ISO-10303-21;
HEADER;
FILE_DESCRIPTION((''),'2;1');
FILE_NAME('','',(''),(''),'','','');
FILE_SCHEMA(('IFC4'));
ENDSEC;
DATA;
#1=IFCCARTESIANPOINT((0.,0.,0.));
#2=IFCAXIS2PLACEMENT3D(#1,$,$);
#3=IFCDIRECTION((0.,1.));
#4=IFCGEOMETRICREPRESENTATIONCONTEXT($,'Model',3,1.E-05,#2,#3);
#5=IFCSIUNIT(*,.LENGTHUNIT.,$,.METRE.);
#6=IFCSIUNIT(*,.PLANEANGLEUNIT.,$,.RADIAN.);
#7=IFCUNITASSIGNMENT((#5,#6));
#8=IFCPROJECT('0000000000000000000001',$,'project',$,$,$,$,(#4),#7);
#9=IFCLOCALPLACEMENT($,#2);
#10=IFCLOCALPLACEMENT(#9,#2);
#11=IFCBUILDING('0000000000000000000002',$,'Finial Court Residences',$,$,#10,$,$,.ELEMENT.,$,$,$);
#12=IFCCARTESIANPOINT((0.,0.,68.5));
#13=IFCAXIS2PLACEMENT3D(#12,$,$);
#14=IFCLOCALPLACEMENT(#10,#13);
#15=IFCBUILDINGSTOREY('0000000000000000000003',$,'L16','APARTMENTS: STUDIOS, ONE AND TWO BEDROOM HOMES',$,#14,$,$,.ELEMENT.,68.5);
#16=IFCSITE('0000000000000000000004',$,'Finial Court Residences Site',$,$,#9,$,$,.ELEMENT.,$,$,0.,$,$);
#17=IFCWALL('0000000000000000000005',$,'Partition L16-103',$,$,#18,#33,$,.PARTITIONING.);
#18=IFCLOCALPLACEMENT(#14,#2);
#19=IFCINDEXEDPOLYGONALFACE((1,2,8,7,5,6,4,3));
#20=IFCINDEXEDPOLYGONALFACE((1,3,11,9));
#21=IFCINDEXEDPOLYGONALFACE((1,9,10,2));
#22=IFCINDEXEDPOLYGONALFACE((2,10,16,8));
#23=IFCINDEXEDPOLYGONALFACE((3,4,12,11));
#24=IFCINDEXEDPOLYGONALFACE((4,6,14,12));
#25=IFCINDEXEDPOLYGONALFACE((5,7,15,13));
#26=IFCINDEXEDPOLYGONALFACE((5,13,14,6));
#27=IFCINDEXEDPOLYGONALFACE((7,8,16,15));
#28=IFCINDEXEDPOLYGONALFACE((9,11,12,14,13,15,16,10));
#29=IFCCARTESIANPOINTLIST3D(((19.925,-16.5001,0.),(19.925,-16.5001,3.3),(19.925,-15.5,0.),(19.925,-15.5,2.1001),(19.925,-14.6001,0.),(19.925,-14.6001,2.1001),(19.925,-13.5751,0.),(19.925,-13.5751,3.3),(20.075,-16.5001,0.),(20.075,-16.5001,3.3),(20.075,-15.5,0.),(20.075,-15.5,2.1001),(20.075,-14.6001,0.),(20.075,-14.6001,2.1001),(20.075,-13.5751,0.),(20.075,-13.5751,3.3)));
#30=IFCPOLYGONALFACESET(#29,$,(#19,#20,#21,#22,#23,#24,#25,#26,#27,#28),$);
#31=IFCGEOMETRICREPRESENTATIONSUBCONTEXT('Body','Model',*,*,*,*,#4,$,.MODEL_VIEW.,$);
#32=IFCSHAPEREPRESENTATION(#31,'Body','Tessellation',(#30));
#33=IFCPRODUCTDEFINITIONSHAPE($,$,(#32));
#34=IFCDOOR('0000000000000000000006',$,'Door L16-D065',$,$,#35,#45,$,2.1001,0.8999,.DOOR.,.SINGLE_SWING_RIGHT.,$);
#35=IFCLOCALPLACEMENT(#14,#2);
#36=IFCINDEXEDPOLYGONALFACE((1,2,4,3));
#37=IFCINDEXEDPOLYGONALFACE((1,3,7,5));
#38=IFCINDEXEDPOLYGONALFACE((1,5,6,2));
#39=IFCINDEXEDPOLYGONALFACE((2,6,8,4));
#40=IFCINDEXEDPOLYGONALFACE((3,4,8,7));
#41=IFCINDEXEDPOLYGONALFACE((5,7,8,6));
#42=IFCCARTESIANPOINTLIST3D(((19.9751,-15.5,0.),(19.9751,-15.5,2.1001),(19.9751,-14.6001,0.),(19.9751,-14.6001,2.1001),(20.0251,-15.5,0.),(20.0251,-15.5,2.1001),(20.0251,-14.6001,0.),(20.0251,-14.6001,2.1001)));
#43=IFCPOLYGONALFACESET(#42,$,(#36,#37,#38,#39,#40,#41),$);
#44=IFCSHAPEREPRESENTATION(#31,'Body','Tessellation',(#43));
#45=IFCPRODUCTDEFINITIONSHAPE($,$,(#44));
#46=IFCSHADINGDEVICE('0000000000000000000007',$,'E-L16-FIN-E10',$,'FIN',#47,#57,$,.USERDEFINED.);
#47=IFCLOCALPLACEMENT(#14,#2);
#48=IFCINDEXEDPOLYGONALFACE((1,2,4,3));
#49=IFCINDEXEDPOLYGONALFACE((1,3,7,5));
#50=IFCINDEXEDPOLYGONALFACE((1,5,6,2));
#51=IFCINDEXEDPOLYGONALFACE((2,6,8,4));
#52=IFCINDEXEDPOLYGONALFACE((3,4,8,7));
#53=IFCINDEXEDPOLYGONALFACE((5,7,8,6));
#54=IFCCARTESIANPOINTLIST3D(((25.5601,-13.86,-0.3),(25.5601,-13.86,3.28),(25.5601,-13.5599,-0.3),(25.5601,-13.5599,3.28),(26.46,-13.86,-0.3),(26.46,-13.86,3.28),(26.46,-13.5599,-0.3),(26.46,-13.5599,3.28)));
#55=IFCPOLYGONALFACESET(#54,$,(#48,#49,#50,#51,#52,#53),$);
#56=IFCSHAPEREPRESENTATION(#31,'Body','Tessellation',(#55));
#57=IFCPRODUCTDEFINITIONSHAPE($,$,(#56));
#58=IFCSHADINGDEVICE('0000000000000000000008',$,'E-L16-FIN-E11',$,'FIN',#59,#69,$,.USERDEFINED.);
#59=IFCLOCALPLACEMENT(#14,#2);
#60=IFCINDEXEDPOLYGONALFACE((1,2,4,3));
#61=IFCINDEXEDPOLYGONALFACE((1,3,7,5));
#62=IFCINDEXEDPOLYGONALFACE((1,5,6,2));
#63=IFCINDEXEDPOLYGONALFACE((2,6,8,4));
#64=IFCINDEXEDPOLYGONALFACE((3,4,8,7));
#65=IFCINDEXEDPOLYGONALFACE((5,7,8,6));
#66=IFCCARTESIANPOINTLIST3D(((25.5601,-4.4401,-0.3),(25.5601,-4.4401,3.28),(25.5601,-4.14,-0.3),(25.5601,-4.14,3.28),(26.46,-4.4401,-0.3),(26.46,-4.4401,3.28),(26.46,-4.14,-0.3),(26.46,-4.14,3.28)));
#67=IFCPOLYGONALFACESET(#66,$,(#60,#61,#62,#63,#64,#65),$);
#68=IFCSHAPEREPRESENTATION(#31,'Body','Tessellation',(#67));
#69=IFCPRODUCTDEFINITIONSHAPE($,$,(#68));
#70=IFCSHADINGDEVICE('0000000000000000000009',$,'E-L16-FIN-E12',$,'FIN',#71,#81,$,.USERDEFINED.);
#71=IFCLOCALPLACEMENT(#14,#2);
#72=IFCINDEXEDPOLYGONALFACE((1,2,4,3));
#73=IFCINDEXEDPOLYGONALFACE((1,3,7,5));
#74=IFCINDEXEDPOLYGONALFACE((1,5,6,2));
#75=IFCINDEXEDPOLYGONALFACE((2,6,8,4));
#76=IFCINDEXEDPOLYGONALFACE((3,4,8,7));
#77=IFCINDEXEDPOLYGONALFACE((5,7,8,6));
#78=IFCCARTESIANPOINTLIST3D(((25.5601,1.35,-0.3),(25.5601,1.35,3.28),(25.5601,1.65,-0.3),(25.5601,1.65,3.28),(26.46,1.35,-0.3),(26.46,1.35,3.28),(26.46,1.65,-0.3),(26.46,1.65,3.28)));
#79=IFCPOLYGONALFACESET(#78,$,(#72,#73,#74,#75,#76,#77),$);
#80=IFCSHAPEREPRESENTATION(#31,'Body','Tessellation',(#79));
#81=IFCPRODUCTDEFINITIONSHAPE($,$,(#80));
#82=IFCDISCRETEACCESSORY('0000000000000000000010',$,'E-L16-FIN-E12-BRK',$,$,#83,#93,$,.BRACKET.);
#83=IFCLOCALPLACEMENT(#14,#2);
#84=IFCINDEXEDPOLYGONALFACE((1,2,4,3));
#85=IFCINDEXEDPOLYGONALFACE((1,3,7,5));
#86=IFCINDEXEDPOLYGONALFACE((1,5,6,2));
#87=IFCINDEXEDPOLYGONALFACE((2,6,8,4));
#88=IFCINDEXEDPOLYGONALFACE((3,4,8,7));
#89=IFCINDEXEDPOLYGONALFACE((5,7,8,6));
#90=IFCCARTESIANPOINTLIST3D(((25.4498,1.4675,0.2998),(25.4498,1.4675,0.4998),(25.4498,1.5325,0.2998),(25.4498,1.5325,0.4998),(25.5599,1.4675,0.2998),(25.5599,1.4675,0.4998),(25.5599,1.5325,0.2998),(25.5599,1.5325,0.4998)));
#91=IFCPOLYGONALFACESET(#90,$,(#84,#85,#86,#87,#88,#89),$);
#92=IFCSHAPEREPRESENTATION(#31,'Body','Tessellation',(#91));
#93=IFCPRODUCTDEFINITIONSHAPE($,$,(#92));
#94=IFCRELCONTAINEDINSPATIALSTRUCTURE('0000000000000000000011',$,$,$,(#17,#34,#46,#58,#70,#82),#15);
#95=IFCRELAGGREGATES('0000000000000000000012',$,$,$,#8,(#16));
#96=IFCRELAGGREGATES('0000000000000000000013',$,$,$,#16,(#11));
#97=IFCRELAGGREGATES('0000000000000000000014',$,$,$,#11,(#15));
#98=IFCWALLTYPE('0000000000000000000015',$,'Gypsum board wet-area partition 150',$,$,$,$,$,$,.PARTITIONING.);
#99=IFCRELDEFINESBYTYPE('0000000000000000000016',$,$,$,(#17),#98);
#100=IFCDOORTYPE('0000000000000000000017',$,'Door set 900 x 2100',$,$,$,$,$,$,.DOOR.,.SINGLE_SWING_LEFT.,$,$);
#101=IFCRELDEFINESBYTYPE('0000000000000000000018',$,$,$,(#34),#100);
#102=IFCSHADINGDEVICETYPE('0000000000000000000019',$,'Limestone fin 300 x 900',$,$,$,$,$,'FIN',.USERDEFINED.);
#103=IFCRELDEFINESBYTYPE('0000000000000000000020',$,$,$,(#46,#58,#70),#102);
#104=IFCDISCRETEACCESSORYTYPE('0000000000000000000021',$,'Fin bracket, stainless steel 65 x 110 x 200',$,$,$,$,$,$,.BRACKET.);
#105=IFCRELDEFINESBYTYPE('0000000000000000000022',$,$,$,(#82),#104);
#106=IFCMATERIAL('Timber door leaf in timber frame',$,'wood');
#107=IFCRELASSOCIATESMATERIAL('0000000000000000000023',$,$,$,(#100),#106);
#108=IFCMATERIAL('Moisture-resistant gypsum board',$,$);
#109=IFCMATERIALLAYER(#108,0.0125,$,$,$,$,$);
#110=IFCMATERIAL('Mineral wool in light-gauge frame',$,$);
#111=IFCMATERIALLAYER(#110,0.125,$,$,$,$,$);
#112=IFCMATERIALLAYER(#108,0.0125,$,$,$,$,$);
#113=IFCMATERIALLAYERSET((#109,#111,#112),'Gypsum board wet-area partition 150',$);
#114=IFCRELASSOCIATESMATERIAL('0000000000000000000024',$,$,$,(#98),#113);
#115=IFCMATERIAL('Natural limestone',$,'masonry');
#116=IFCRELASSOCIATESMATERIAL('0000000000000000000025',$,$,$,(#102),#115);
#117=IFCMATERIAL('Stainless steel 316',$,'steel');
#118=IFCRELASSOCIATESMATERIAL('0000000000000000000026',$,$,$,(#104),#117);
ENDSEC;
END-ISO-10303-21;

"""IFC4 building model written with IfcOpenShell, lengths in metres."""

from ifc_helpers import new_model, si_unit, direction, frame, frame_2d, origin, origin_2d, place, context, subcontext, project, spatial, rectangle, extrude, material, layer, layer_set, type_object, element, fill, save


model = new_model("IFC4")

# Units and contexts
model_context = context("Model", 3, precision=1e-05, world=origin(), true_north=direction((0.0, 1.0)))
body_context = subcontext(model_context, "Body", "Model", "MODEL_VIEW")
ifc_project = project(units=[si_unit("LENGTHUNIT", "METRE"), si_unit("PLANEANGLEUNIT", "RADIAN")], contexts=[model_context])

# Site, building, storey
site_placement = place(None, origin())
site = spatial("IfcSite", under=ifc_project, at=site_placement, Name="Finial Court Residences Site", CompositionType="ELEMENT", RefElevation=0.0)
building_placement = place(site_placement, origin())
building = spatial("IfcBuilding", under=site, at=building_placement, Name="Finial Court Residences", CompositionType="ELEMENT")
storey_placement = place(building_placement, frame((0.0, 0.0, 68.5)))
storey = spatial("IfcBuildingStorey", under=building, at=storey_placement, Name="L16", Description="APARTMENTS: STUDIOS, ONE AND TWO BEDROOM HOMES", CompositionType="ELEMENT", Elevation=68.5)

# Shared definitions
ifc_material_1 = material(Name="Mineral wool in light-gauge frame")
ifc_material_2 = material(Name="Timber door leaf in timber frame", Category="wood")
door_type = type_object("IfcDoorType", Name="Door set 900 x 2100", OperationType="SINGLE_SWING_LEFT", PredefinedType="DOOR", material=ifc_material_2)

# Shared definitions
ifc_material_3 = material(Name="Moisture-resistant gypsum board")
ifc_layer_1 = layer(ifc_material_3, 0.0125)
ifc_layer_2 = layer(ifc_material_1, 0.125)
ifc_layer_3 = layer(ifc_material_3, 0.0125)
ifc_layer_set_1 = layer_set([ifc_layer_1, ifc_layer_2, ifc_layer_3], Name="Gypsum board wet-area partition 150")
wall_type_1 = type_object("IfcWallType", Name="Gypsum board wet-area partition 150", PredefinedType="PARTITIONING", material=ifc_layer_set_1)

# Wall, opening, door
wall_1_placement = place(storey_placement, frame((20.0, -16.5, 0.0), z_axis=(0.0, 0.0, 1.0), x_axis=(0.0, 1.0, 0.0)))
wall_1 = element("IfcWall", 1, at=wall_1_placement, inside=storey, type_object=wall_type_1, Name="Partition L16-103", PredefinedType="PARTITIONING", context=body_context, shape_type="SweptSolid", body=[
    extrude(rectangle(XDim=2.925, YDim=0.1499, at=frame_2d((1.4624, 0.0))), origin(), (0.0, 0.0, 1.0), 3.3),
])
opening_1_placement = place(wall_1_placement, frame((1.0, 0.0, 0.0)))
opening_1 = element("IfcOpeningElement", 2, at=opening_1_placement, cuts=wall_1, PredefinedType="OPENING", context=body_context, shape_type="SweptSolid", body=[
    extrude(rectangle(XDim=0.8999, YDim=2.1001, at=frame_2d((0.45, 1.05))), frame((0.0, 0.085, 0.0), z_axis=(0.0, -1.0, 0.0), x_axis=(1.0, 0.0, 0.0)), (0.0, 0.0, 1.0), 0.1699),
])
door_1_placement = place(opening_1_placement, origin())
door_1 = element("IfcDoor", 3, at=door_1_placement, inside=storey, type_object=door_type, Name="Door L16-D065", OperationType="SINGLE_SWING_RIGHT", OverallHeight=2.1001, OverallWidth=0.8999, PredefinedType="DOOR", context=body_context, shape_type="SweptSolid", body=[
    extrude(rectangle(XDim=0.8999, YDim=2.1001, at=frame_2d((0.45, 1.05))), frame((0.0, 0.0249, 0.0), z_axis=(0.0, -1.0, 0.0), x_axis=(1.0, 0.0, 0.0)), (0.0, 0.0, 1.0), 0.05),
])
fill(opening_1, door_1)

# Shading devices
ifc_material_4 = material(Name="Natural limestone", Category="masonry")
shading_device_type = type_object("IfcShadingDeviceType", Name="Limestone fin 300 x 900", ElementType="FIN", PredefinedType="USERDEFINED", material=ifc_material_4)
for number, where, z_axis, x_axis, name in (
    (4, (26.01, -13.71, -0.3), (0.0, 0.0, 1.0), (1.0, 0.0, 0.0), "E-L16-FIN-E10"),
    (5, (26.01, -4.29, -0.3), (0.0, 0.0, 1.0), (1.0, 0.0, 0.0), "E-L16-FIN-E11"),
    (6, (26.01, 1.5, -0.3), (0.0, 0.0, 1.0), (1.0, 0.0, 0.0), "E-L16-FIN-E12"),
):
    element("IfcShadingDevice", number, at=place(storey_placement, frame(where, z_axis=z_axis, x_axis=x_axis)), inside=storey, type_object=shading_device_type, Name=name, ObjectType="FIN", PredefinedType="USERDEFINED", context=body_context, shape_type="SweptSolid", body=[
        extrude(rectangle(XDim=0.8999, YDim=0.3, at=origin_2d()), origin(), (0.0, 0.0, 1.0), 3.5801),
    ])

# Discrete accessory
ifc_material_5 = material(Name="Stainless steel 316", Category="steel")
discrete_accessory_type = type_object("IfcDiscreteAccessoryType", Name="Fin bracket, stainless steel 65 x 110 x 200", PredefinedType="BRACKET", material=ifc_material_5)
discrete_accessory_placement = place(storey_placement, frame((25.5049, 1.5, 0.2998), z_axis=(0.0, 0.0, 1.0), x_axis=(1.0, 0.0, 0.0)))
element("IfcDiscreteAccessory", 7, at=discrete_accessory_placement, inside=storey, type_object=discrete_accessory_type, Name="E-L16-FIN-E12-BRK", PredefinedType="BRACKET", context=body_context, shape_type="SweptSolid", body=[
    extrude(rectangle(XDim=0.1101, YDim=0.0649, at=origin_2d()), origin(), (0.0, 0.0, 1.0), 0.2),
])

save(model, "model.ifc")
